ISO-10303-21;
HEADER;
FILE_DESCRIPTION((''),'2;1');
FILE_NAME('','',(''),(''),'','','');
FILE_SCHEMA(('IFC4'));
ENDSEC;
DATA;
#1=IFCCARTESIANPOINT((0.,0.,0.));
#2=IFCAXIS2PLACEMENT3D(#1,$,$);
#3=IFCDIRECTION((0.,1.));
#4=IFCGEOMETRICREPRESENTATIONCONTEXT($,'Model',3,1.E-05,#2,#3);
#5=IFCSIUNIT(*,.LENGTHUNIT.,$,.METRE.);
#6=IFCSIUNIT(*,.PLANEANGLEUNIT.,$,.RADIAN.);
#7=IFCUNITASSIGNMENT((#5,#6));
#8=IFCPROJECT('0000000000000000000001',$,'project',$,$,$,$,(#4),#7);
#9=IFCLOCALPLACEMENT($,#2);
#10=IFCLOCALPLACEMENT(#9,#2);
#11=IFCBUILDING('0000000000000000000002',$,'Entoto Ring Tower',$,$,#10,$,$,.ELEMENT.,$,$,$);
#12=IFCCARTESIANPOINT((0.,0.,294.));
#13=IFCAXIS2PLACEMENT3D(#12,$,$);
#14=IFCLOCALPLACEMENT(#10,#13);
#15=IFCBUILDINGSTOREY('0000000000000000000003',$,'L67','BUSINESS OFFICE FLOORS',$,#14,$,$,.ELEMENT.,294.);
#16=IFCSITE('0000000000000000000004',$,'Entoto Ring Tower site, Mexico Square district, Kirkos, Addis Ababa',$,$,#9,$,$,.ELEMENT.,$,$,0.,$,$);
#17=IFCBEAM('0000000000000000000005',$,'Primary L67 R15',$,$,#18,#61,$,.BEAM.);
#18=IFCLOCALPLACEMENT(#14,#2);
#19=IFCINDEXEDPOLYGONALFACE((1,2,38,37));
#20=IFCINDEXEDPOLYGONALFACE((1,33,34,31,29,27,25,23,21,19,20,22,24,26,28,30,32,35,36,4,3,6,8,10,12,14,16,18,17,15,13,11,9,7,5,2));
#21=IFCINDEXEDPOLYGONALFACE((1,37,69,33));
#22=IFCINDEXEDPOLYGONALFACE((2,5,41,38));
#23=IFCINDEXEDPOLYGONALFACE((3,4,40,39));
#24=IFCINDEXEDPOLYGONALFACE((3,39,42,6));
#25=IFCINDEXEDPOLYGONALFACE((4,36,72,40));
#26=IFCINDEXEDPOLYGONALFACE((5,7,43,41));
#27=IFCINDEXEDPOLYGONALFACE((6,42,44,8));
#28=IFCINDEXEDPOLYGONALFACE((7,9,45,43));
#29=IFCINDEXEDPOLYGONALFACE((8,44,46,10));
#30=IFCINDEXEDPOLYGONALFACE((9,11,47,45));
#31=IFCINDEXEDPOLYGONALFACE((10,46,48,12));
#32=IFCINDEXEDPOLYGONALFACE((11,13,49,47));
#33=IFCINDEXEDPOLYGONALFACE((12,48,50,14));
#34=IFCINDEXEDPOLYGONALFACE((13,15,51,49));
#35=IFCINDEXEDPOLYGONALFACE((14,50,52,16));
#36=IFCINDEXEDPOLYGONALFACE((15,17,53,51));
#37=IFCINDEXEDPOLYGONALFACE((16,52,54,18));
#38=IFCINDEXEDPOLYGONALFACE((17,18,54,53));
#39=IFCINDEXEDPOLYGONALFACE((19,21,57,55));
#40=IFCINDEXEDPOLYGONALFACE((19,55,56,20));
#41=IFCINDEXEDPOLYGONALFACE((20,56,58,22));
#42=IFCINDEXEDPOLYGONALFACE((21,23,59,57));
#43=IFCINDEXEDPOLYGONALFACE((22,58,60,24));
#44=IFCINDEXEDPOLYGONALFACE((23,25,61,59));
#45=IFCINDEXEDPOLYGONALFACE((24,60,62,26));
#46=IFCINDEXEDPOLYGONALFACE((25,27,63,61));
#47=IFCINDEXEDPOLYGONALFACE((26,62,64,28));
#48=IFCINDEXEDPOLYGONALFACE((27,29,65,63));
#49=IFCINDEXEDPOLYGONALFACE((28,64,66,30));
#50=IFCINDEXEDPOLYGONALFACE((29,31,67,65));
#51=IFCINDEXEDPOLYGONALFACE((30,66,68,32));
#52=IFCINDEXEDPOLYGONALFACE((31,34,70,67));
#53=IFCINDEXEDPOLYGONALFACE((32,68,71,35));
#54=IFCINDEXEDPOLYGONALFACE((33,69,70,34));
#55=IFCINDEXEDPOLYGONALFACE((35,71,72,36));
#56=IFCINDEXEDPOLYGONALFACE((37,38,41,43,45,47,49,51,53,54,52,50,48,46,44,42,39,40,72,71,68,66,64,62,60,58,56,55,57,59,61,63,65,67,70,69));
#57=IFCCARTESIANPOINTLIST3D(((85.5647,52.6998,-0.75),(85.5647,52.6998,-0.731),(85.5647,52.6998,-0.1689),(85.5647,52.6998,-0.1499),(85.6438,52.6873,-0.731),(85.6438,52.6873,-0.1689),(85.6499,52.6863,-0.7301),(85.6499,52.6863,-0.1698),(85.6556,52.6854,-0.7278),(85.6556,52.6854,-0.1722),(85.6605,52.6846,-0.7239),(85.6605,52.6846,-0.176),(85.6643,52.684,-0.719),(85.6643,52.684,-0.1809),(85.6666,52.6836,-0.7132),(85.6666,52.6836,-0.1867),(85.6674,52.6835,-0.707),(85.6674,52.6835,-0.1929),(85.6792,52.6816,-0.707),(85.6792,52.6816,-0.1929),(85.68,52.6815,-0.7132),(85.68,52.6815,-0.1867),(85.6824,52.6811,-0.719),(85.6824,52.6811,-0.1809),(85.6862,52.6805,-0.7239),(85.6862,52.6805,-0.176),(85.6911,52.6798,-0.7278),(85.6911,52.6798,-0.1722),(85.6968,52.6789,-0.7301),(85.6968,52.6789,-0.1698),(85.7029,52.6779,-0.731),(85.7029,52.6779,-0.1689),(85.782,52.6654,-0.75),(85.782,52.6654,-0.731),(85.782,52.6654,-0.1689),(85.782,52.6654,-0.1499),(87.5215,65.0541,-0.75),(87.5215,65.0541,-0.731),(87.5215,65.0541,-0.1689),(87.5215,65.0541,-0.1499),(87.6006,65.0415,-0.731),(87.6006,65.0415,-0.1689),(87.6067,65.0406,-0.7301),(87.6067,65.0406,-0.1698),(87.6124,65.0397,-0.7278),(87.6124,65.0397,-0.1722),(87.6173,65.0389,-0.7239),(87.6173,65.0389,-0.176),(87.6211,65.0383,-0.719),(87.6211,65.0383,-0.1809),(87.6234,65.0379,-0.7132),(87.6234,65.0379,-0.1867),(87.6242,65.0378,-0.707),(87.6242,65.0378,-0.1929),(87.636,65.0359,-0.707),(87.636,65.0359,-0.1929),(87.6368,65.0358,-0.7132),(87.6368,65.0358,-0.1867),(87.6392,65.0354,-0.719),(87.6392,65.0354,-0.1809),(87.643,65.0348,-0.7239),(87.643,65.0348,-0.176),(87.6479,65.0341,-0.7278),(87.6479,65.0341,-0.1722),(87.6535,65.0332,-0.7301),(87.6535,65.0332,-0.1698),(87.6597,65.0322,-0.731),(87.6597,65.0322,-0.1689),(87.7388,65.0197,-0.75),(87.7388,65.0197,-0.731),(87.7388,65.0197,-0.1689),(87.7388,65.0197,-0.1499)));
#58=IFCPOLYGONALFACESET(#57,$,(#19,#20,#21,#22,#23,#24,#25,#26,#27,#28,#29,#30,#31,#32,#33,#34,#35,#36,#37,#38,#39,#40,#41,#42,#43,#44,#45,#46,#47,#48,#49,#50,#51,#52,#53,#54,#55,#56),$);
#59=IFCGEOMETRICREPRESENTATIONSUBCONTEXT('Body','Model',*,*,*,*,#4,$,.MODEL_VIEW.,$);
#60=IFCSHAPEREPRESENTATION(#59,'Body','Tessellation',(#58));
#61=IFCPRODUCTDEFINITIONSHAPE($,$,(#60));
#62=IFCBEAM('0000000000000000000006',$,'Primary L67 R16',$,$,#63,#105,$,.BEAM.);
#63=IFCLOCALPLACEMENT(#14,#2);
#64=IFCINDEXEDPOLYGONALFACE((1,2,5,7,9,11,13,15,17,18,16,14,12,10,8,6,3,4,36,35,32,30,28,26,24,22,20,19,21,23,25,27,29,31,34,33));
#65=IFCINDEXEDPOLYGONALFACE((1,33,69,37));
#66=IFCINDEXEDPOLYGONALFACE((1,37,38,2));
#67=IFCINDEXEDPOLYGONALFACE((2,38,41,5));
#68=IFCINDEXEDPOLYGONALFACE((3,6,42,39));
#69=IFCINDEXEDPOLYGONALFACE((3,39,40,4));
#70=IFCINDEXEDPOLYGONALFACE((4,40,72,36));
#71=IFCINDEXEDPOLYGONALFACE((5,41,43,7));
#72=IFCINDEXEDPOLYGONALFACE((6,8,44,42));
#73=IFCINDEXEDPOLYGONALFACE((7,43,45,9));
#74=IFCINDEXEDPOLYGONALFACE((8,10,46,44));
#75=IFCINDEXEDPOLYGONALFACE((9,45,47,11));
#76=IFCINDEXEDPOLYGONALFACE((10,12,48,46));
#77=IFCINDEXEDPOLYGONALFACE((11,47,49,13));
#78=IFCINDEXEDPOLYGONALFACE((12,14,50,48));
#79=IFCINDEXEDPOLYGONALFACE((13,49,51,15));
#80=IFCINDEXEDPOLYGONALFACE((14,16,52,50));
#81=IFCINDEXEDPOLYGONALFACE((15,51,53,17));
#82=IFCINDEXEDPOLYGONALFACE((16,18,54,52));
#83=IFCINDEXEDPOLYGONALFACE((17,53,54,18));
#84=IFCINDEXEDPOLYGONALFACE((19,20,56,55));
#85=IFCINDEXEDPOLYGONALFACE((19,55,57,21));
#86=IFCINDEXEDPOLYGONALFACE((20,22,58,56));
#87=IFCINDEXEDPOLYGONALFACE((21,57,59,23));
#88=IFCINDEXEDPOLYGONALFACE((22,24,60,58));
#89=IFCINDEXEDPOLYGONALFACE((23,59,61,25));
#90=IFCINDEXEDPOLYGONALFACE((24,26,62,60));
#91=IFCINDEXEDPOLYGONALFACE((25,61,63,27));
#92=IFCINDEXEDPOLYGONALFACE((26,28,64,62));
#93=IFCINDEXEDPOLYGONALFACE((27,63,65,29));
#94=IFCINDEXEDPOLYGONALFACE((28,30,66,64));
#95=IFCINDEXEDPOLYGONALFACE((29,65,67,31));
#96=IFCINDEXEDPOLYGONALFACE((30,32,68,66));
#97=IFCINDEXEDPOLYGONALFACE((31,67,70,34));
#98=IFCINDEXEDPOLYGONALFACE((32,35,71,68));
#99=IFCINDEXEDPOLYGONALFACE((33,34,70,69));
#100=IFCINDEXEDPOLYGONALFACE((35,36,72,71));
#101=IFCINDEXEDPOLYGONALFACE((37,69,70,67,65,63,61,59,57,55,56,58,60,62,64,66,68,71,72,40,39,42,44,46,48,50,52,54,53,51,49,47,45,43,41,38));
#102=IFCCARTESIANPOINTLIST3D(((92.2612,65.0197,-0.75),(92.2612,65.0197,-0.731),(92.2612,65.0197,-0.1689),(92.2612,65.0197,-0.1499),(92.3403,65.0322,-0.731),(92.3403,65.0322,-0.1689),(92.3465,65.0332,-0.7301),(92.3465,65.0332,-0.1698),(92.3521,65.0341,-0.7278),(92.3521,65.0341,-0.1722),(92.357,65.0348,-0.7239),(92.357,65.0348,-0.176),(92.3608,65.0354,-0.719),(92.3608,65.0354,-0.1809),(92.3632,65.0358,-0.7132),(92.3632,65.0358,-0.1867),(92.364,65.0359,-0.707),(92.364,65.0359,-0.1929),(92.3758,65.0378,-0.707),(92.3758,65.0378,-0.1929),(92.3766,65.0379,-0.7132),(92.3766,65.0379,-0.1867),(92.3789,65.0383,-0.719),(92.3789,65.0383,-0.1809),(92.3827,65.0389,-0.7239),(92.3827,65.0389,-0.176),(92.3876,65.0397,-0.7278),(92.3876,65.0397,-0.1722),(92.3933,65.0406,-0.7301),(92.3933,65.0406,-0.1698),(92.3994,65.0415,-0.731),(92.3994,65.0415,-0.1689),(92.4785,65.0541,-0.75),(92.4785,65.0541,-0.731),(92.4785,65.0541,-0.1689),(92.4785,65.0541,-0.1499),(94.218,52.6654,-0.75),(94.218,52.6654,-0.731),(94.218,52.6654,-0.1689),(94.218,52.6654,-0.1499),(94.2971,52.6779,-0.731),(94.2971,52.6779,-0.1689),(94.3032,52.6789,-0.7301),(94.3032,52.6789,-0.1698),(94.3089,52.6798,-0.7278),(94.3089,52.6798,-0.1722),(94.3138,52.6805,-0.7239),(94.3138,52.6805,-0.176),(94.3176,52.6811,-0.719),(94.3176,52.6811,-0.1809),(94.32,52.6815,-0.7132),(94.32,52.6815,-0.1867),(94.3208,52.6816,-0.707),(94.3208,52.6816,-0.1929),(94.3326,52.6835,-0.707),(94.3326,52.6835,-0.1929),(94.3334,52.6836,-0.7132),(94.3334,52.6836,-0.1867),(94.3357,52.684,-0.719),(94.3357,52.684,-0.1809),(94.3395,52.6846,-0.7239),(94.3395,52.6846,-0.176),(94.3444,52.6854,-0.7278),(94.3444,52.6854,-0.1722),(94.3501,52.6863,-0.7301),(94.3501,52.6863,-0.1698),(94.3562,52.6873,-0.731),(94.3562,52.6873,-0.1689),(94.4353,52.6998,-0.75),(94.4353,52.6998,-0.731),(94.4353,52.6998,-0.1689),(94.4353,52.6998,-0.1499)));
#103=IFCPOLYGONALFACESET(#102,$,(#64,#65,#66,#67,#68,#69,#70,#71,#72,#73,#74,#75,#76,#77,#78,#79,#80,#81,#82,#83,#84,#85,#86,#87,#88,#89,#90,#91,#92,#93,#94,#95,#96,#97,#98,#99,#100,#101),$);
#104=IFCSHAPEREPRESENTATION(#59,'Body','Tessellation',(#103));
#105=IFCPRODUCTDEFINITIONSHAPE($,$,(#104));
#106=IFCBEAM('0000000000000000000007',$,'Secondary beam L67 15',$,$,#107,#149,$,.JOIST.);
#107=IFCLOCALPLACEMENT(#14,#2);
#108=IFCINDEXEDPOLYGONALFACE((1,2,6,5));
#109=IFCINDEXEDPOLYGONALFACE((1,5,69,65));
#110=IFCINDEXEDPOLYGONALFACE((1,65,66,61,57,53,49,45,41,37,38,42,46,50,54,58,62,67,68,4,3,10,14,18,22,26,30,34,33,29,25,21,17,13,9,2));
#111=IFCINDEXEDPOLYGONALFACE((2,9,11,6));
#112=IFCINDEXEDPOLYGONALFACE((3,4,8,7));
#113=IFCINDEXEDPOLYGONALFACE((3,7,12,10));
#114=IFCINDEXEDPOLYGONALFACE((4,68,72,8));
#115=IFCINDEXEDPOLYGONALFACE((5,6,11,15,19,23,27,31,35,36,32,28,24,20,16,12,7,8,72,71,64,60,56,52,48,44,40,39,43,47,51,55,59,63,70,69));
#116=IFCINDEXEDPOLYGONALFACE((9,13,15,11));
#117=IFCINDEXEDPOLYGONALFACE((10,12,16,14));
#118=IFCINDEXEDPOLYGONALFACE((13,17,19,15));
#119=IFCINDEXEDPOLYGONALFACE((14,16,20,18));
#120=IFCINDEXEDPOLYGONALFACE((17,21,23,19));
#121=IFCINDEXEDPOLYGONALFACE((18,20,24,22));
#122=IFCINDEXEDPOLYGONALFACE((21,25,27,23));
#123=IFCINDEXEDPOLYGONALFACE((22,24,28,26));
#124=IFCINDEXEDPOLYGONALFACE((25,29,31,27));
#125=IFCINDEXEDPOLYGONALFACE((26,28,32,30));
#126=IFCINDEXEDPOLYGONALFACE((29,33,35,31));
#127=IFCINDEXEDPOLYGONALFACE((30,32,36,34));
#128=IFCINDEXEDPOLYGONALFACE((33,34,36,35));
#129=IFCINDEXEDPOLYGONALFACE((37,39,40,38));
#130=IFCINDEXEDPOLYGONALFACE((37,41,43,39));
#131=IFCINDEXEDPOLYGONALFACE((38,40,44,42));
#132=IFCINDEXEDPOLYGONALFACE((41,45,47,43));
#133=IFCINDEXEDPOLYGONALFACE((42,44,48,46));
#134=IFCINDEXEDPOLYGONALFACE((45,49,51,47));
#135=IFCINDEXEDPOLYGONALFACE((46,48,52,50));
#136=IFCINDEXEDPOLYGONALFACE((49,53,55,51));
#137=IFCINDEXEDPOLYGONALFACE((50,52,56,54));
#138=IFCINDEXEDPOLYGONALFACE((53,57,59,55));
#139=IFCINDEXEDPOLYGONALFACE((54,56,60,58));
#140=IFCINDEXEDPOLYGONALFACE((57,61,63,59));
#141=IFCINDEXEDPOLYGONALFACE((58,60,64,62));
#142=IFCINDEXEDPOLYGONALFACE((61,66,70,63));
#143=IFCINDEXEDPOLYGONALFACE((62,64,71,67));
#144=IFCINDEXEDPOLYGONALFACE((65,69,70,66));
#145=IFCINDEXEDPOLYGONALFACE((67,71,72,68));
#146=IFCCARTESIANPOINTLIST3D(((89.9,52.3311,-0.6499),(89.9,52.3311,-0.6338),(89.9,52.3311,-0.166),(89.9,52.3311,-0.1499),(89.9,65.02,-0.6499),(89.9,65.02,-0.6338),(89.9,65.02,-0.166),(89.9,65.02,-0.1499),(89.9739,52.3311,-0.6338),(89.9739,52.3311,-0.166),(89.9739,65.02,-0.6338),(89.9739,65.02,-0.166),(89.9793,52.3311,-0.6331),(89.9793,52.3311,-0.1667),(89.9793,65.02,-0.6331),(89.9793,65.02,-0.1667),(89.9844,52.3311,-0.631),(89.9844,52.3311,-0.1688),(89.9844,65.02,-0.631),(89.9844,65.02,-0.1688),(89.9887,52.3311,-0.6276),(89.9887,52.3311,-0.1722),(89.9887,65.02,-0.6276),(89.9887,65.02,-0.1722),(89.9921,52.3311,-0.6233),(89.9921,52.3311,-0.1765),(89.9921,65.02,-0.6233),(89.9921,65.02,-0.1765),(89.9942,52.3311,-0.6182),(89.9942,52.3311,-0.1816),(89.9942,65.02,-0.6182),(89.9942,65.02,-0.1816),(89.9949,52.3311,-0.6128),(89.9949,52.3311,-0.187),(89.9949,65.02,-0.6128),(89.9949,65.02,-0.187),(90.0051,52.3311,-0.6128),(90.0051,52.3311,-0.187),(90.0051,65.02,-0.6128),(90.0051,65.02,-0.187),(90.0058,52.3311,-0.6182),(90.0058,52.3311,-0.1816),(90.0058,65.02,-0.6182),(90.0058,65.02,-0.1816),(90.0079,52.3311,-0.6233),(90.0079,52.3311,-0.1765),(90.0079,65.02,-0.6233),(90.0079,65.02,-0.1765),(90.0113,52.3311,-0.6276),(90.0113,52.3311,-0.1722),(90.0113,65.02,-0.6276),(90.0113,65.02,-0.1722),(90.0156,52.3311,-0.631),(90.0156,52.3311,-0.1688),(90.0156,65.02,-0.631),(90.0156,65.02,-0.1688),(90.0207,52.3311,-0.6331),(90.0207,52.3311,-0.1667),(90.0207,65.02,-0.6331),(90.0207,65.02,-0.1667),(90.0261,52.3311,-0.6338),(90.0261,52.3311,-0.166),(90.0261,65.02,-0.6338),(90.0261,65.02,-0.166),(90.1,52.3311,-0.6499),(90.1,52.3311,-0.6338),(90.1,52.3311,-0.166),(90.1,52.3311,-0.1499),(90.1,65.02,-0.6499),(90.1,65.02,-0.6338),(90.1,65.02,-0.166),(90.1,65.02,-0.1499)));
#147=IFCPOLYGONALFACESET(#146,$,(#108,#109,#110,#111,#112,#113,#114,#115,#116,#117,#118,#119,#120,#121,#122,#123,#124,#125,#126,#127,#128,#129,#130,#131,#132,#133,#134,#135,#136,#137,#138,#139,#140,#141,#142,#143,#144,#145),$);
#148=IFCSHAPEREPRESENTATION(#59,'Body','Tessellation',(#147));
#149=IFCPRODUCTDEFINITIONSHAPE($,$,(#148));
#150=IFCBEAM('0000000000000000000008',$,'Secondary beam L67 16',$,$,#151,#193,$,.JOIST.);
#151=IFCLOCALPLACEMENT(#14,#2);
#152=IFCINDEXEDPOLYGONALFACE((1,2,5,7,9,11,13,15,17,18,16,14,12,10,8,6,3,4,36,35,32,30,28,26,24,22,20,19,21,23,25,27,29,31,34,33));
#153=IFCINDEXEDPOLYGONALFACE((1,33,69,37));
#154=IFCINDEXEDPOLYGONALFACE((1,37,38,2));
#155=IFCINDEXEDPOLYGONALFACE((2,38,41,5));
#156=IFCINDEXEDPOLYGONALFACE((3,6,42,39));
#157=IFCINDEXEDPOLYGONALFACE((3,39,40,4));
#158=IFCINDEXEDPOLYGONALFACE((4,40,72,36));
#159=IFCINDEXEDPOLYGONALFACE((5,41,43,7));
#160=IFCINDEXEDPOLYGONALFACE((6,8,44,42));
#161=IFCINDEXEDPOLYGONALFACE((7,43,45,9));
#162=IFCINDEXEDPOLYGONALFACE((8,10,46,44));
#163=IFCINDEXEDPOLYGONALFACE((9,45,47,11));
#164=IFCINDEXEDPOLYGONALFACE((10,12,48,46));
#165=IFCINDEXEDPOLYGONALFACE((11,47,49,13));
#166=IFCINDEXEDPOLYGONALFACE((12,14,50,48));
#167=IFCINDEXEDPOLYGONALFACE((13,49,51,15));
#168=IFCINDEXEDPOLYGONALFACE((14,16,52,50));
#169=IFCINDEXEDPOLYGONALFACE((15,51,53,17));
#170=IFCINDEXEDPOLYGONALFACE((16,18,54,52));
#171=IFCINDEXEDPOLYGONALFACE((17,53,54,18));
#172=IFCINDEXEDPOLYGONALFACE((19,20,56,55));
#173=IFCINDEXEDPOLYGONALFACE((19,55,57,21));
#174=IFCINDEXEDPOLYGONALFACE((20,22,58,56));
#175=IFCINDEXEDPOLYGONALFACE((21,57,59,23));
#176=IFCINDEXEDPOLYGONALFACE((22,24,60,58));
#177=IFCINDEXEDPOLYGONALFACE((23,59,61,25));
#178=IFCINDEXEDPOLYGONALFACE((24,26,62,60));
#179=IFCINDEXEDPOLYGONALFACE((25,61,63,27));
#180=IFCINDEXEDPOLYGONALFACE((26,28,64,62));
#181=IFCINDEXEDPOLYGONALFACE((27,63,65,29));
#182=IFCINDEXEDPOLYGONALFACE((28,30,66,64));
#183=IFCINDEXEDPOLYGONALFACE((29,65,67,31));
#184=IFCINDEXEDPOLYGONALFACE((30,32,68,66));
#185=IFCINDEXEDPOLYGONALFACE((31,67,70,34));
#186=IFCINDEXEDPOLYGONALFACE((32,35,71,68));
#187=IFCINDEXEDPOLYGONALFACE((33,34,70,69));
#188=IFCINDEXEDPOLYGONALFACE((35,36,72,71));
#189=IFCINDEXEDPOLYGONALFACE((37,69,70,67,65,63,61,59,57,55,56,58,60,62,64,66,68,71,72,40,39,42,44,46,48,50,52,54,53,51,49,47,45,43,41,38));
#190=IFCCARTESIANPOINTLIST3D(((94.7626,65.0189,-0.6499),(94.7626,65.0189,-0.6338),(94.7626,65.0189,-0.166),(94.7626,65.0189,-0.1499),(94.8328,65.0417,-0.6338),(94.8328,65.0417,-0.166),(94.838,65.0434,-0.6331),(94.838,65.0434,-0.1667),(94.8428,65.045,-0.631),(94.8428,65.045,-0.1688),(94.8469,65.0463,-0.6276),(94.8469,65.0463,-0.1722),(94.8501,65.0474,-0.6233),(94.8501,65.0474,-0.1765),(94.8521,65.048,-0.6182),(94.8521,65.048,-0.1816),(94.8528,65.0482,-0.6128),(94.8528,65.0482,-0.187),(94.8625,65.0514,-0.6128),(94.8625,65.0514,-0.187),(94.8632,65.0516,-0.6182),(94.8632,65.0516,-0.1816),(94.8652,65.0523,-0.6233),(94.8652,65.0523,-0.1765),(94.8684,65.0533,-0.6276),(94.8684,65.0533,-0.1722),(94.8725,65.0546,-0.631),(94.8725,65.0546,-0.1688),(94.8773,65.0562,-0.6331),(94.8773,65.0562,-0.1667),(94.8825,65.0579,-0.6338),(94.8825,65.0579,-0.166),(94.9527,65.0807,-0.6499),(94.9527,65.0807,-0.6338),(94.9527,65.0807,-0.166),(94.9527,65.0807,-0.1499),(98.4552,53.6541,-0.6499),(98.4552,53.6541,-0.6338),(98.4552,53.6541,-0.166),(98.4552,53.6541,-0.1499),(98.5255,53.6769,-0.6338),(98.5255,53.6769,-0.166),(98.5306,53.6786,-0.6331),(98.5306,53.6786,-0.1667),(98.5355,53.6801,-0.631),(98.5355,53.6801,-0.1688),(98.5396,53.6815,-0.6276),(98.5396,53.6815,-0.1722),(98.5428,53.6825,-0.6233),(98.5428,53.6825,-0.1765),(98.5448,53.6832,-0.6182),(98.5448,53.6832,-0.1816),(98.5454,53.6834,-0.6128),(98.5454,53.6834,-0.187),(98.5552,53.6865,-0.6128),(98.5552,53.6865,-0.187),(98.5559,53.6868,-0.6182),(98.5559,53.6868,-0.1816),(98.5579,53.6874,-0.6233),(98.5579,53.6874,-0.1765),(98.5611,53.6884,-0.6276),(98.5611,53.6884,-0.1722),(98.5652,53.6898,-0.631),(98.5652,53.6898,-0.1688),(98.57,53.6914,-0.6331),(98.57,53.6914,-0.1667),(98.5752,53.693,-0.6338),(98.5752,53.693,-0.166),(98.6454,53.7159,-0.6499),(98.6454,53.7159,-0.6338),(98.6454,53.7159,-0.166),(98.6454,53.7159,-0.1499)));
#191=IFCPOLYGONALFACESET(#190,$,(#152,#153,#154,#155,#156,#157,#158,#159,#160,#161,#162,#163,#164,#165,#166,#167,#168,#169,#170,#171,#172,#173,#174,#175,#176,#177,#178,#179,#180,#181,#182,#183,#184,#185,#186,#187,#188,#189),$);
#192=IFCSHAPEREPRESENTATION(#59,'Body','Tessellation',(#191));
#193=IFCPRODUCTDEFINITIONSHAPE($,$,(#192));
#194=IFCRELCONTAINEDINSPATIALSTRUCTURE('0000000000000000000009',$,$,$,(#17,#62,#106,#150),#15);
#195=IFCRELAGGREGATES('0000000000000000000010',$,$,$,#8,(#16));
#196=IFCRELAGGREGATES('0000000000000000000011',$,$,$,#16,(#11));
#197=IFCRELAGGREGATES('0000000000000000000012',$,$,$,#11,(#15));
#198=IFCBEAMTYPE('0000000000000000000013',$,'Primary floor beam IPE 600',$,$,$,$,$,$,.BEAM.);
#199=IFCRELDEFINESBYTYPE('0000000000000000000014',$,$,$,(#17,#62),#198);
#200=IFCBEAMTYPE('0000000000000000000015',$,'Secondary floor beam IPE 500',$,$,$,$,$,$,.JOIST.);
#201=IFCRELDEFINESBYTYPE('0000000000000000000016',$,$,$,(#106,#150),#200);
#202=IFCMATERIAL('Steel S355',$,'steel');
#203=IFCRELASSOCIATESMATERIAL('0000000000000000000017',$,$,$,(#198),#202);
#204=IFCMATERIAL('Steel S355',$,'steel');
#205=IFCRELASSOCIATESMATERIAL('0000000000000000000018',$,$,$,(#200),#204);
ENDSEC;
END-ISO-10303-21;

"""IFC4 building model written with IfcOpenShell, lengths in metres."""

from ifc_helpers import new_model, si_unit, direction, frame, origin, origin_2d, place, context, subcontext, project, spatial, i_section, extrude, material, material_profile, profile_set, type_object, element, save


model = new_model("IFC4")

# Units and contexts
model_context = context("Model", 3, precision=1e-05, world=origin(), true_north=direction((0.0, 1.0)))
body_context = subcontext(model_context, "Body", "Model", "MODEL_VIEW")
ifc_project = project(units=[si_unit("LENGTHUNIT", "METRE"), si_unit("PLANEANGLEUNIT", "RADIAN")], contexts=[model_context])

# Site, building, storey
site_placement = place(None, origin())
site = spatial("IfcSite", under=ifc_project, at=site_placement, Name="Entoto Ring Tower site, Mexico Square district, Kirkos, Addis Ababa", CompositionType="ELEMENT", RefElevation=0.0)
building_placement = place(site_placement, origin())
building = spatial("IfcBuilding", under=site, at=building_placement, Name="Entoto Ring Tower", CompositionType="ELEMENT")
storey_placement = place(building_placement, frame((0.0, 0.0, 294.0)))
storey = spatial("IfcBuildingStorey", under=building, at=storey_placement, Name="L67", Description="BUSINESS OFFICE FLOORS", CompositionType="ELEMENT", Elevation=294.0)

# Beams
ifc_material_1 = material(Name="Steel S355", Category="steel")
ifc_material_profile_1 = material_profile(ifc_material_1, i_section(OverallWidth=0.22, OverallDepth=0.6001, WebThickness=0.012, FlangeThickness=0.019, FilletRadius=0.0239, at=origin_2d()), Name="IPE 600")
ifc_profile_set_1 = profile_set([ifc_material_profile_1], Name="Steel S355")
beam_type_1 = type_object("IfcBeamType", Name="Primary floor beam IPE 600", PredefinedType="BEAM", material=ifc_profile_set_1)
for number, where, z_axis, x_axis, name in (
    (1, (87.6301, 65.0369, -0.45), (-0.15644, -0.987688, 0.0), (0.987688, -0.15644, 0.0), "Primary L67 R15"),
    (2, (92.3699, 65.0369, -0.45), (0.15644, -0.987688, 0.0), (0.987688, 0.15644, 0.0), "Primary L67 R16"),
):
    element("IfcBeam", number, at=place(storey_placement, frame(where, z_axis=z_axis, x_axis=x_axis)), inside=storey, type_object=beam_type_1, Name=name, PredefinedType="BEAM", context=body_context, shape_type="SweptSolid", body=[
        extrude(i_section(OverallWidth=0.22, OverallDepth=0.6001, WebThickness=0.012, FlangeThickness=0.019, FilletRadius=0.0239, at=origin_2d()), origin(), (0.0, 0.0, 1.0), 12.5083),
    ])
ifc_material_2 = material(Name="Steel S355", Category="steel")
ifc_material_profile_2 = material_profile(ifc_material_2, i_section(OverallWidth=0.2, OverallDepth=0.5, WebThickness=0.0103, FlangeThickness=0.0161, FilletRadius=0.021, at=origin_2d()), Name="IPE 500")
ifc_profile_set_2 = profile_set([ifc_material_profile_2], Name="Steel S355")
beam_type_2 = type_object("IfcBeamType", Name="Secondary floor beam IPE 500", PredefinedType="JOIST", material=ifc_profile_set_2)
beam_1_placement = place(storey_placement, frame((90.0, 65.02, -0.3999), z_axis=(0.0, -1.0, 0.0), x_axis=(1.0, 0.0, 0.0)))
element("IfcBeam", 3, at=beam_1_placement, inside=storey, type_object=beam_type_2, Name="Secondary beam L67 15", PredefinedType="JOIST", context=body_context, shape_type="SweptSolid", body=[
    extrude(i_section(OverallWidth=0.2, OverallDepth=0.5, WebThickness=0.0103, FlangeThickness=0.0161, FilletRadius=0.021, at=origin_2d()), origin(), (0.0, 0.0, 1.0), 12.689),
])
beam_2_placement = place(storey_placement, frame((94.8577, 65.0498, -0.3999), z_axis=(0.309017, -0.951057, 0.0), x_axis=(0.951057, 0.309017, 0.0)))
element("IfcBeam", 4, at=beam_2_placement, inside=storey, type_object=beam_type_2, Name="Secondary beam L67 16", PredefinedType="JOIST", context=body_context, shape_type="SweptSolid", body=[
    extrude(i_section(OverallWidth=0.2, OverallDepth=0.5, WebThickness=0.0103, FlangeThickness=0.0161, FilletRadius=0.021, at=origin_2d()), origin(), (0.0, 0.0, 1.0), 11.9497),
])

save(model, "model.ifc")
